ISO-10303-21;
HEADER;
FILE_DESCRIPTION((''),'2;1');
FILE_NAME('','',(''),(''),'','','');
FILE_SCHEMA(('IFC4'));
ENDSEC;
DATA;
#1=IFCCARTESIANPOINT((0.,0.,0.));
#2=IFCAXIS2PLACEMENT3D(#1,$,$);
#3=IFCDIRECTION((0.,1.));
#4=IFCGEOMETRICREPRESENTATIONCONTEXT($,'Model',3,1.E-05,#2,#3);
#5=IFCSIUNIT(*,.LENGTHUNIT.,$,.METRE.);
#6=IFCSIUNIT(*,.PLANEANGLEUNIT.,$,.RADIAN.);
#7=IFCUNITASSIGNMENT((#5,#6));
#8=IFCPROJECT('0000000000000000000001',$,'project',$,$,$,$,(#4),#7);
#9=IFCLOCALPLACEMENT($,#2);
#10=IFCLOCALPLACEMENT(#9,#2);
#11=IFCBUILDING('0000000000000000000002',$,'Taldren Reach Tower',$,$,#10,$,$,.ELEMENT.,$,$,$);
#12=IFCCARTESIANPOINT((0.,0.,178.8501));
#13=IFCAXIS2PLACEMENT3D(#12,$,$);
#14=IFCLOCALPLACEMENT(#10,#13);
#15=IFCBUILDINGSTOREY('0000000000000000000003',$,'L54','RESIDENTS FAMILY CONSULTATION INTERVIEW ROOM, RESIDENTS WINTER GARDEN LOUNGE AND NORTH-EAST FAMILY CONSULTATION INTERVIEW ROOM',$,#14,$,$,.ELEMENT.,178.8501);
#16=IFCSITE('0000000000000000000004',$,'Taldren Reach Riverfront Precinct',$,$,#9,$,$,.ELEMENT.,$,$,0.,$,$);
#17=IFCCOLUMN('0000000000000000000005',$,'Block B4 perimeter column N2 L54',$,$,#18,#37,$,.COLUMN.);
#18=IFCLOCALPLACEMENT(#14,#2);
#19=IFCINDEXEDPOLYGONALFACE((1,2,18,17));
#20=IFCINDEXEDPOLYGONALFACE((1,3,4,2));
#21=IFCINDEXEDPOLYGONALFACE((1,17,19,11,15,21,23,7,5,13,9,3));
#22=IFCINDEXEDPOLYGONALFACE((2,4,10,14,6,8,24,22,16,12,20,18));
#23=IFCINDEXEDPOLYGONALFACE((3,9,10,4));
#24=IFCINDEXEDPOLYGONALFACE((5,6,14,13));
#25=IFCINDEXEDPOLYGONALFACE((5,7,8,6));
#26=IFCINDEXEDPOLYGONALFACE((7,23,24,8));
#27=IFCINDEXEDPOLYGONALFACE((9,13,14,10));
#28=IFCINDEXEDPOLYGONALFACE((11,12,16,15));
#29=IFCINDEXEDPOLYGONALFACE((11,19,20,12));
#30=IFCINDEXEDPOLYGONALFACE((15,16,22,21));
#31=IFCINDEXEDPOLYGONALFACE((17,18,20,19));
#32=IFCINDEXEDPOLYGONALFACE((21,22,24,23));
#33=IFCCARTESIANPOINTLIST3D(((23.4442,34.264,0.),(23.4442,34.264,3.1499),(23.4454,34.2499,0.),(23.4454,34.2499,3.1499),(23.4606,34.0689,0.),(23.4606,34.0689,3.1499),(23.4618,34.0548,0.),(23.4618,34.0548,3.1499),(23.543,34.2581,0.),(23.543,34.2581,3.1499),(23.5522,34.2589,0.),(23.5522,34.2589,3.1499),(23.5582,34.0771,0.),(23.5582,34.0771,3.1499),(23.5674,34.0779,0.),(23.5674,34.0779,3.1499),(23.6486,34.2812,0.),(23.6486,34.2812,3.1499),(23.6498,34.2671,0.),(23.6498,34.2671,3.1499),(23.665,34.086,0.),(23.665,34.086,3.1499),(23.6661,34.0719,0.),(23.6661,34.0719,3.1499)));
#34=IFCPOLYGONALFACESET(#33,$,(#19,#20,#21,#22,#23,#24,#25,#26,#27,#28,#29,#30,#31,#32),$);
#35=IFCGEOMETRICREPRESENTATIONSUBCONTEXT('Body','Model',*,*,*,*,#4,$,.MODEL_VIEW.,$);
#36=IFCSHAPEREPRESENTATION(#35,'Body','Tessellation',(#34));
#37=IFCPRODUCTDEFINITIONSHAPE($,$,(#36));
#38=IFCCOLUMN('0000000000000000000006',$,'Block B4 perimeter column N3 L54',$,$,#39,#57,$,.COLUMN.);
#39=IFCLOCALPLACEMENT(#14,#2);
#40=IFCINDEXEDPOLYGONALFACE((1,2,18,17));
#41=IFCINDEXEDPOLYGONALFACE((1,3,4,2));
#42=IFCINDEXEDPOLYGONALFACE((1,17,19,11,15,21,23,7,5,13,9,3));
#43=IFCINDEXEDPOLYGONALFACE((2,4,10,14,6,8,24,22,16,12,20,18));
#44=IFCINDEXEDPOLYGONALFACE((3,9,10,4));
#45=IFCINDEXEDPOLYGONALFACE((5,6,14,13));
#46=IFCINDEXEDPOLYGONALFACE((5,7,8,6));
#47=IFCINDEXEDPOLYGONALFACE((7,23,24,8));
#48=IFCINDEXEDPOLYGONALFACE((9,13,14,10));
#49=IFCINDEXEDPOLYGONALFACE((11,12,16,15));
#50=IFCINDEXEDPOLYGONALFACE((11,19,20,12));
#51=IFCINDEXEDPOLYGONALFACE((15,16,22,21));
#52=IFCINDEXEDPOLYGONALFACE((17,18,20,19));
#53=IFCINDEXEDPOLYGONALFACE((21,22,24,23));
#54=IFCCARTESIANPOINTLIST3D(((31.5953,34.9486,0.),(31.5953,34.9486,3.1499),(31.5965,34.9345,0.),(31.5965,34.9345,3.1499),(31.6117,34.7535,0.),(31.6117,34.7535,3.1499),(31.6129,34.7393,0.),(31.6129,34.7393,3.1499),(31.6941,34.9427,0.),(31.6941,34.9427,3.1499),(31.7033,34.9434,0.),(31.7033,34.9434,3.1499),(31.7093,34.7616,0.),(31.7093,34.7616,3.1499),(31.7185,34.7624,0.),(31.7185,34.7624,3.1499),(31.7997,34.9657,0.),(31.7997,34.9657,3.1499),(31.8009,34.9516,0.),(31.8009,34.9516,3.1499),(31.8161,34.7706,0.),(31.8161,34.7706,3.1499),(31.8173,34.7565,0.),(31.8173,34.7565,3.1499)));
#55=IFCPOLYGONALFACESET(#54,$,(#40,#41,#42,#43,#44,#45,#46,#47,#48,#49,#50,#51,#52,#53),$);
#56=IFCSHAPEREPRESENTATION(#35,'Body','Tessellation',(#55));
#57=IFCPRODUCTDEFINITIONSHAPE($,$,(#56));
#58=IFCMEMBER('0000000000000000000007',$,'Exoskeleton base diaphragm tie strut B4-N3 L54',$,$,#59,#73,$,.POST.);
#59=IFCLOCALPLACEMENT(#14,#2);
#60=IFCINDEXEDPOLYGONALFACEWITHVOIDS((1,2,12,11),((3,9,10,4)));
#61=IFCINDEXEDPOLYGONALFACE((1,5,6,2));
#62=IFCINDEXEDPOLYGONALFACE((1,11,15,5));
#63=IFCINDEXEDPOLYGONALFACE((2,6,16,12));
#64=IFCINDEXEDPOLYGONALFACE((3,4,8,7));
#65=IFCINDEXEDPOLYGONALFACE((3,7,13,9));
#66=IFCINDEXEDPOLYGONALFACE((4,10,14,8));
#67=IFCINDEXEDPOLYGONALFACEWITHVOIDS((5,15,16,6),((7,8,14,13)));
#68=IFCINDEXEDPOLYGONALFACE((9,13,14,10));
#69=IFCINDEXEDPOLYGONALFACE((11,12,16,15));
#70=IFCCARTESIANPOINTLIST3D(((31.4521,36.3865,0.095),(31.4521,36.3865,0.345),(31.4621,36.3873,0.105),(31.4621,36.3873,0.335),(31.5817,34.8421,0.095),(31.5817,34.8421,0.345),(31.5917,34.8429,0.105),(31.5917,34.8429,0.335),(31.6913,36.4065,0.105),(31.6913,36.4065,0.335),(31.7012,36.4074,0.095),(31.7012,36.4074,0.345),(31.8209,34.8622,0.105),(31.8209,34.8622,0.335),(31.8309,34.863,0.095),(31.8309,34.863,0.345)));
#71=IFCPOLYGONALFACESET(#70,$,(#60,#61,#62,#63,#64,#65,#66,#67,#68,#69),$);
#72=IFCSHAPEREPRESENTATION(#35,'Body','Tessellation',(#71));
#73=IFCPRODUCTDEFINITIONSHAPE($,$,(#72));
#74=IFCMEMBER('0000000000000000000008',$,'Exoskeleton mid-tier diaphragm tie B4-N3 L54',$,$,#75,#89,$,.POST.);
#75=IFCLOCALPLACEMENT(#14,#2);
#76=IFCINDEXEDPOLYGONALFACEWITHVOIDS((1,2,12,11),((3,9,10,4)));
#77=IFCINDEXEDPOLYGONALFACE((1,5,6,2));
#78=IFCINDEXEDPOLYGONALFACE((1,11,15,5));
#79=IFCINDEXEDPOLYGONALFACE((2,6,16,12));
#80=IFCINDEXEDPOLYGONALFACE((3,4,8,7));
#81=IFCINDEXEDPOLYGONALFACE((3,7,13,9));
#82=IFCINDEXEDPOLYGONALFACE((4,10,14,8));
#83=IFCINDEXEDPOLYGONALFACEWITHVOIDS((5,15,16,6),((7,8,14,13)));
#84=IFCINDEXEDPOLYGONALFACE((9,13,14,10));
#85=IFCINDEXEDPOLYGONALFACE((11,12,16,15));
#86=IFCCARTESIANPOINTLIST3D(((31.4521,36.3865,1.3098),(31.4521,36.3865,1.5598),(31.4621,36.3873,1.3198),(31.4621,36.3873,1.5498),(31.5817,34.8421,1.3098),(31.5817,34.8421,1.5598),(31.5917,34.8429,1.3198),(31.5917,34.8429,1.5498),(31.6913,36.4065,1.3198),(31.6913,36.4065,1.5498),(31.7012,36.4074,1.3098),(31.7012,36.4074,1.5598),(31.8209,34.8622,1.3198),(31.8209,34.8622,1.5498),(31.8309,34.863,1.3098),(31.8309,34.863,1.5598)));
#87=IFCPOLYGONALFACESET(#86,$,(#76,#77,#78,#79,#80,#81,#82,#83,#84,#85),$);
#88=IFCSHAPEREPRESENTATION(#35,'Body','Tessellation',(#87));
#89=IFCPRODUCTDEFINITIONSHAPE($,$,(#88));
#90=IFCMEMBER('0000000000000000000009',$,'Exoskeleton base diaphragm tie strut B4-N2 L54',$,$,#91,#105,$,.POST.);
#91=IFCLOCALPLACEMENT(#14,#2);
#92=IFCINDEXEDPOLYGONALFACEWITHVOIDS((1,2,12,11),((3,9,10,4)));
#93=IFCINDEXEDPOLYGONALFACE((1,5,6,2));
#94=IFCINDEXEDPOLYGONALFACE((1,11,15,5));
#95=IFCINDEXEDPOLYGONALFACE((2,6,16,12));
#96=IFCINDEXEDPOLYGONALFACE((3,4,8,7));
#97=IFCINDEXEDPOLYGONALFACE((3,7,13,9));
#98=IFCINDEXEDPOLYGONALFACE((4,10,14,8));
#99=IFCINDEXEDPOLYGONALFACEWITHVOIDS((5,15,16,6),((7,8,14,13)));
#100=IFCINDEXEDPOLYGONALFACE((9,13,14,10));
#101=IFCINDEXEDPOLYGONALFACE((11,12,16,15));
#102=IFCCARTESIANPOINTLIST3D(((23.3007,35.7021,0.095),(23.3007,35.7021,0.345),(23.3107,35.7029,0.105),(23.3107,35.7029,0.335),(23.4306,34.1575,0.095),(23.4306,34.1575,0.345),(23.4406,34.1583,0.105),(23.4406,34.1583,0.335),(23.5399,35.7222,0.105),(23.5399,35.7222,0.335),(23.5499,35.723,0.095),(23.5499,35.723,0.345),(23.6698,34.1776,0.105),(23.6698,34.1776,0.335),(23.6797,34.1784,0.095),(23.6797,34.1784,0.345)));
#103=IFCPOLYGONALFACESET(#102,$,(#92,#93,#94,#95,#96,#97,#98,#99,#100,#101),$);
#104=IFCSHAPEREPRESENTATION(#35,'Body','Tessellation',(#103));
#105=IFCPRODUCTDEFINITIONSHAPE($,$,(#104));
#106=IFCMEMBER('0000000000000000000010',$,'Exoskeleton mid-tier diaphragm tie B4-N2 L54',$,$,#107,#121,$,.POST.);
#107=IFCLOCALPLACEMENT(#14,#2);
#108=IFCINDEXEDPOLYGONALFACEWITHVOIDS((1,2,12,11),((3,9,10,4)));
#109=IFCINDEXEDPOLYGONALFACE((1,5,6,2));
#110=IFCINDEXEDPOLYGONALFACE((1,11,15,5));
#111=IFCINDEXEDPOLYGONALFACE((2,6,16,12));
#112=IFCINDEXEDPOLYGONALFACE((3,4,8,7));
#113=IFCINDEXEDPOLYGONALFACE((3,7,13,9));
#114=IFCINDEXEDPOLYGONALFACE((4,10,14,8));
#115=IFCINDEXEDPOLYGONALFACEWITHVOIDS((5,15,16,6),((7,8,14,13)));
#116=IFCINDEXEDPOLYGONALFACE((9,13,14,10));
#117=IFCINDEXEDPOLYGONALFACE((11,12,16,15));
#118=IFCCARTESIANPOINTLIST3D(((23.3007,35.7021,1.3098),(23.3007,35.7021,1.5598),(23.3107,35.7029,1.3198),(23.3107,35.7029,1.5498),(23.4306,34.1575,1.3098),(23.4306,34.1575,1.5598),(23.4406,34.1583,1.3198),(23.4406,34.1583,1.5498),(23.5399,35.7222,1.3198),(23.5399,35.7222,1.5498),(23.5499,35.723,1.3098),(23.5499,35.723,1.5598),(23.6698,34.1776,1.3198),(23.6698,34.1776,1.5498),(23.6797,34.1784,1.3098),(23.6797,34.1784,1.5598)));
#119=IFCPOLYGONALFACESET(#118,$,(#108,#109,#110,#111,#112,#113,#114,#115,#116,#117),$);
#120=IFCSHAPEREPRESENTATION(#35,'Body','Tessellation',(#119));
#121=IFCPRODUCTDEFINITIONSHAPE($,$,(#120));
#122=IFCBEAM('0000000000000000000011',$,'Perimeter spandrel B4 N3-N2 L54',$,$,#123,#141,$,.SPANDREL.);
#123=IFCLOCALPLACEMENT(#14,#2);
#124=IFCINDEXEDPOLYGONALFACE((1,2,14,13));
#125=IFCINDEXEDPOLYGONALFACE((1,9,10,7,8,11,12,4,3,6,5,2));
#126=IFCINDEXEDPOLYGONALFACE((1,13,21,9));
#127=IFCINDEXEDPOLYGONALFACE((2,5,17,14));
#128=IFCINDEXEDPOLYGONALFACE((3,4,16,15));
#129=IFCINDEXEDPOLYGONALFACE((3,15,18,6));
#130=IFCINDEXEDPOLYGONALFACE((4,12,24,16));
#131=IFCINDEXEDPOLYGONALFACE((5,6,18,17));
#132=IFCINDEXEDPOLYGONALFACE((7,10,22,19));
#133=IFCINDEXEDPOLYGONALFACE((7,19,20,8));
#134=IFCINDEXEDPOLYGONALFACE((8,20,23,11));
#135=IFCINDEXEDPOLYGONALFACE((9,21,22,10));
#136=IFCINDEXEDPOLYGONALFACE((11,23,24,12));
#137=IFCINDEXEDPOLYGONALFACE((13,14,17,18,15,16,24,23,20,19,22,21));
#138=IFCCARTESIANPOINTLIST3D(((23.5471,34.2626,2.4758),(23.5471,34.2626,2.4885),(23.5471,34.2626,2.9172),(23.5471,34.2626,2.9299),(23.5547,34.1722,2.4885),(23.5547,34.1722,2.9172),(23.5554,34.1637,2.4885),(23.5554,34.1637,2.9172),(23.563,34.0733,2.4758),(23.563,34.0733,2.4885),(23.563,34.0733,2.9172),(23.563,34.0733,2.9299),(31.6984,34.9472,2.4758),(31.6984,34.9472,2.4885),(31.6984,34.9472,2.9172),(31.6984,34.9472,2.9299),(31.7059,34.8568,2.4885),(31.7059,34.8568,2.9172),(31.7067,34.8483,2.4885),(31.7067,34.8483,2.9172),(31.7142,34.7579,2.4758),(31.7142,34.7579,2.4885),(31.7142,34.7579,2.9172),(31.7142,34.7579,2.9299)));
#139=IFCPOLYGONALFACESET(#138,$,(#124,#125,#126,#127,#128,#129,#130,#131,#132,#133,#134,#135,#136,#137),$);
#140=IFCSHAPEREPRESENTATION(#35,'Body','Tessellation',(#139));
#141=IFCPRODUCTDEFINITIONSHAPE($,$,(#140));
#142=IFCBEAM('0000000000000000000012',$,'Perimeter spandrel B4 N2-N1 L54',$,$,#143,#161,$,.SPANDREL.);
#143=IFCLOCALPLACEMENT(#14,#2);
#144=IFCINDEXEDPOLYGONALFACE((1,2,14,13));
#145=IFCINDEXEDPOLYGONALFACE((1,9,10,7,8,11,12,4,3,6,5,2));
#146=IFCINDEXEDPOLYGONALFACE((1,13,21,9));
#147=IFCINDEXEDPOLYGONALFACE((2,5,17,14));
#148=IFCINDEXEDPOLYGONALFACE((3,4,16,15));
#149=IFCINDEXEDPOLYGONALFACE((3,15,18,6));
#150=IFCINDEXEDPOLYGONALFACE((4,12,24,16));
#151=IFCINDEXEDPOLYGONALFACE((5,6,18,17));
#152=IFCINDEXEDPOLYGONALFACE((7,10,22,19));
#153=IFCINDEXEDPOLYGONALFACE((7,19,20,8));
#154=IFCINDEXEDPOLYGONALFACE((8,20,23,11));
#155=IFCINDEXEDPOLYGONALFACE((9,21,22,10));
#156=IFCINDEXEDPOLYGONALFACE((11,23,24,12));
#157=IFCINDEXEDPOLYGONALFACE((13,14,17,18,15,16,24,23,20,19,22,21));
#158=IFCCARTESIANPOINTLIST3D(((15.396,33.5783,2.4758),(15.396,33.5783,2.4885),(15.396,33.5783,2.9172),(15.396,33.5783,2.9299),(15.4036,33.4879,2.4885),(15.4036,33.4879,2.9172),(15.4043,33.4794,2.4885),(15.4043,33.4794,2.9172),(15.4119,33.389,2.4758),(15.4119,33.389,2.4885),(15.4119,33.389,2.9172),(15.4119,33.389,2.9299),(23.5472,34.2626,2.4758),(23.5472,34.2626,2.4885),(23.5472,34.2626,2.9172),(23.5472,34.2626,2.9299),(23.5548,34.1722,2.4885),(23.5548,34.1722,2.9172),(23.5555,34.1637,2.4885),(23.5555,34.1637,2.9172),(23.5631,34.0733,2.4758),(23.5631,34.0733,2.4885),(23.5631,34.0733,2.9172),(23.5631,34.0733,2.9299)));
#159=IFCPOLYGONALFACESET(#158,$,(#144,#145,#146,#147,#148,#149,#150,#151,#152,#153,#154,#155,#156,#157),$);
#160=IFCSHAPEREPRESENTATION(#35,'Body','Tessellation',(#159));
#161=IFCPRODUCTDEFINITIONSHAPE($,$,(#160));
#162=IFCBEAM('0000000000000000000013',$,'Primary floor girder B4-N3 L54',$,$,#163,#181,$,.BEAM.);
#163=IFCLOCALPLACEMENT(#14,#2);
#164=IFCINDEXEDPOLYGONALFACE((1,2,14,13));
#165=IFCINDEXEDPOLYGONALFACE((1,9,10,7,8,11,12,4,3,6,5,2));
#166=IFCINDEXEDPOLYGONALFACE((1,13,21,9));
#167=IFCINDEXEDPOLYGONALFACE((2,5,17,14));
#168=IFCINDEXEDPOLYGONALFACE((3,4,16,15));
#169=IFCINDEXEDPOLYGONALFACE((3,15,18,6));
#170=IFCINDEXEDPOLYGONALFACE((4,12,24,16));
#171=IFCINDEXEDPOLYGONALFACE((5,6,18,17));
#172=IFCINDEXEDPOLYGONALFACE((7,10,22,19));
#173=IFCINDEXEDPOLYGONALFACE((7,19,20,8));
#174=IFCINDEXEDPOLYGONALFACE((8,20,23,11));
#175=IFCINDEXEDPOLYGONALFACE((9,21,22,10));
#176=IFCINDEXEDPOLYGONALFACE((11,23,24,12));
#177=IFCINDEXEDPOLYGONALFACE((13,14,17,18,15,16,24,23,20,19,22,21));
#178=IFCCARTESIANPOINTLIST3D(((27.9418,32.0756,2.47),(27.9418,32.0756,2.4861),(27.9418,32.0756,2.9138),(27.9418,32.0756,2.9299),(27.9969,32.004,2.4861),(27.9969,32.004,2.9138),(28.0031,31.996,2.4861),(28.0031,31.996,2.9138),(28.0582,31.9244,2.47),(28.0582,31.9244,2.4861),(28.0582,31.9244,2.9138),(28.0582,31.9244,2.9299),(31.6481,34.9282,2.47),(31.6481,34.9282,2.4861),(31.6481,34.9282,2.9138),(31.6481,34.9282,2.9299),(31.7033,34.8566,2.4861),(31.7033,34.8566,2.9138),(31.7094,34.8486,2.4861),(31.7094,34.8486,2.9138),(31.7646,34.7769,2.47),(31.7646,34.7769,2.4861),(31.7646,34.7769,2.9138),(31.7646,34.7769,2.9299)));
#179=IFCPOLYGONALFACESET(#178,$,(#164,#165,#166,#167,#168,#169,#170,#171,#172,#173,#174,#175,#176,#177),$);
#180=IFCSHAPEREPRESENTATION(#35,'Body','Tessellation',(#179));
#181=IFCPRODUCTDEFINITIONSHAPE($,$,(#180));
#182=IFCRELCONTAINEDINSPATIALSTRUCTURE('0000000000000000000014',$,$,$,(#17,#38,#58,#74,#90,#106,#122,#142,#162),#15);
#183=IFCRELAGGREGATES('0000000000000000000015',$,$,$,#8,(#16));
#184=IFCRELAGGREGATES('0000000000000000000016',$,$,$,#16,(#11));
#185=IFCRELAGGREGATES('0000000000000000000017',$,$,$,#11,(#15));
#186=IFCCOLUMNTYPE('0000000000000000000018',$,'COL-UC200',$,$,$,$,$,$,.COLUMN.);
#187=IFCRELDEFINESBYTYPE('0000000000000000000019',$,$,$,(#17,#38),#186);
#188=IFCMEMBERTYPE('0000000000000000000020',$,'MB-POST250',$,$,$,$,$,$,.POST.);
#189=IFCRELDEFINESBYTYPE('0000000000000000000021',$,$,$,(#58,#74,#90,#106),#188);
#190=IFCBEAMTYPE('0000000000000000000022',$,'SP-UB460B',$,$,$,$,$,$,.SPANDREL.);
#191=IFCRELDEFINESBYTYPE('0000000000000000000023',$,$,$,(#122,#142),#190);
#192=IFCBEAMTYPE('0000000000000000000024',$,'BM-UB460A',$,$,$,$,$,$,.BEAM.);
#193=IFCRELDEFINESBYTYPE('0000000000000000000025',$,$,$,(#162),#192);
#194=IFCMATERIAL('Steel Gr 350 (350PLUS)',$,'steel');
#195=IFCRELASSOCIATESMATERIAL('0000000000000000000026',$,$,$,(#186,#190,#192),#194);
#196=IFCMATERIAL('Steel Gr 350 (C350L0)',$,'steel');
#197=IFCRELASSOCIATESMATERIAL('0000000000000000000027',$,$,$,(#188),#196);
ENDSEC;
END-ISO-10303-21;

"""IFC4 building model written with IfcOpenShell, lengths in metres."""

from ifc_helpers import new_model, si_unit, direction, frame, origin, origin_2d, place, context, subcontext, project, spatial, hollow_rectangle, i_section, extrude, source, transform, mapped, material, material_profile, profile_set, type_object, element, save


model = new_model("IFC4")

# Units and contexts
model_context = context("Model", 3, precision=1e-05, world=origin(), true_north=direction((0.0, 1.0)))
body_context = subcontext(model_context, "Body", "Model", "MODEL_VIEW")
ifc_project = project(units=[si_unit("LENGTHUNIT", "METRE"), si_unit("PLANEANGLEUNIT", "RADIAN")], contexts=[model_context])

# Site, building, storey
site_placement = place(None, origin())
site = spatial("IfcSite", under=ifc_project, at=site_placement, Name="Taldren Reach Riverfront Precinct", CompositionType="ELEMENT", RefElevation=0.0)
building_placement = place(site_placement, origin())
building = spatial("IfcBuilding", under=site, at=building_placement, Name="Taldren Reach Tower", CompositionType="ELEMENT")
storey_placement = place(building_placement, frame((0.0, 0.0, 178.8501)))
storey = spatial("IfcBuildingStorey", under=building, at=storey_placement, Name="L54", Description="RESIDENTS FAMILY CONSULTATION INTERVIEW ROOM, RESIDENTS WINTER GARDEN LOUNGE AND NORTH-EAST FAMILY CONSULTATION INTERVIEW ROOM", CompositionType="ELEMENT", Elevation=178.8501)

# Columns
ifc_material_1 = material(Name="Steel Gr 350 (350PLUS)", Category="steel")
ifc_material_profile_1 = material_profile(ifc_material_1, i_section(OverallWidth=0.2051, OverallDepth=0.21, WebThickness=0.0093, FlangeThickness=0.0142, at=origin_2d()), Name="200UC59.5")
ifc_profile_set_1 = profile_set([ifc_material_profile_1], Name="Steel Gr 350 (350PLUS)")
column_type = type_object("IfcColumnType", Name="COL-UC200", PredefinedType="COLUMN", material=ifc_profile_set_1)
shared_shape_1 = source(origin(), body_context, "Body", "SweptSolid", [
    extrude(i_section(OverallWidth=0.2051, OverallDepth=0.21, WebThickness=0.0093, FlangeThickness=0.0142, at=origin_2d()), origin(), (0.0, 0.0, 1.0), 3.1499),
])
for number, where, z_axis, x_axis, name in (
    (1, (23.5552, 34.168, 0.0), (0.0, 0.0, 1.0), (0.996493, 0.083678, 0.0), "Block B4 perimeter column N2 L54"),
    (2, (31.7063, 34.8525, 0.0), (0.0, 0.0, 1.0), (0.996493, 0.083678, 0.0), "Block B4 perimeter column N3 L54"),
):
    element("IfcColumn", number, at=place(storey_placement, frame(where, z_axis=z_axis, x_axis=x_axis)), inside=storey, type_object=column_type, Name=name, PredefinedType="COLUMN", context=body_context, shape_type="MappedRepresentation", body=[
        mapped(shared_shape_1, transform((0.0, 0.0, 0.0), scale=1.0)),
    ])

# Members
ifc_material_2 = material(Name="Steel Gr 350 (C350L0)", Category="steel")
ifc_material_profile_2 = material_profile(ifc_material_2, hollow_rectangle(XDim=0.25, YDim=0.25, WallThickness=0.01, at=origin_2d()), Name="250x250x10.0SHS")
ifc_profile_set_2 = profile_set([ifc_material_profile_2], Name="Steel Gr 350 (C350L0)")
member_type_1 = type_object("IfcMemberType", Name="MB-POST250", PredefinedType="POST", material=ifc_profile_set_2)
shared_shape_2 = source(origin(), body_context, "Body", "SweptSolid", [
    extrude(hollow_rectangle(XDim=0.25, YDim=0.25, WallThickness=0.01, at=origin_2d()), origin(), (0.0, 0.0, 1.0), 1.5498),
])
for number, where, z_axis, x_axis, name in (
    (3, (31.7063, 34.8525, 0.22), (-0.083645, 0.996496, 0.0), (-0.996496, -0.083645, 0.0), "Exoskeleton base diaphragm tie strut B4-N3 L54"),
    (4, (31.7063, 34.8525, 1.4348), (-0.083645, 0.996496, 0.0), (-0.996496, -0.083645, 0.0), "Exoskeleton mid-tier diaphragm tie B4-N3 L54"),
):
    element("IfcMember", number, at=place(storey_placement, frame(where, z_axis=z_axis, x_axis=x_axis)), inside=storey, type_object=member_type_1, Name=name, PredefinedType="POST", context=body_context, shape_type="MappedRepresentation", body=[
        mapped(shared_shape_2, transform((0.0, 0.0, 0.0), scale=1.0)),
    ])
shared_shape_3 = source(origin(), body_context, "Body", "SweptSolid", [
    extrude(hollow_rectangle(XDim=0.25, YDim=0.25, WallThickness=0.01, at=origin_2d()), origin(), (0.0, 0.0, 1.0), 1.55),
])
for number, where, z_axis, x_axis, name in (
    (5, (23.5552, 34.168, 0.22), (-0.083788, 0.996484, 0.0), (-0.996484, -0.083788, 0.0), "Exoskeleton base diaphragm tie strut B4-N2 L54"),
    (6, (23.5552, 34.168, 1.4348), (-0.083788, 0.996484, 0.0), (-0.996484, -0.083788, 0.0), "Exoskeleton mid-tier diaphragm tie B4-N2 L54"),
):
    element("IfcMember", number, at=place(storey_placement, frame(where, z_axis=z_axis, x_axis=x_axis)), inside=storey, type_object=member_type_1, Name=name, PredefinedType="POST", context=body_context, shape_type="MappedRepresentation", body=[
        mapped(shared_shape_3, transform((0.0, 0.0, 0.0), scale=1.0)),
    ])

# Beams
ifc_material_profile_3 = material_profile(ifc_material_1, i_section(OverallWidth=0.1899, OverallDepth=0.4541, WebThickness=0.0085, FlangeThickness=0.0127, at=origin_2d()), Name="460UB67.1")
ifc_profile_set_3 = profile_set([ifc_material_profile_3], Name="Steel Gr 350 (350PLUS)")
beam_type_1 = type_object("IfcBeamType", Name="SP-UB460B", PredefinedType="SPANDREL", material=ifc_profile_set_3)
shared_shape_4 = source(origin(), body_context, "Body", "SweptSolid", [
    extrude(i_section(OverallWidth=0.1899, OverallDepth=0.4541, WebThickness=0.0085, FlangeThickness=0.0127, at=origin_2d()), origin(), (0.0, 0.0, 1.0), 8.1799),
])
for number, where, z_axis, x_axis, name in (
    (7, (31.7063, 34.8525, 2.7029), (-0.996492, -0.08369, 0.0), (0.08369, -0.996492, 0.0), "Perimeter spandrel B4 N3-N2 L54"),
    (8, (23.5552, 34.168, 2.7029), (-0.996495, -0.083658, 0.0), (0.083658, -0.996495, 0.0), "Perimeter spandrel B4 N2-N1 L54"),
):
    element("IfcBeam", number, at=place(storey_placement, frame(where, z_axis=z_axis, x_axis=x_axis)), inside=storey, type_object=beam_type_1, Name=name, PredefinedType="SPANDREL", context=body_context, shape_type="MappedRepresentation", body=[
        mapped(shared_shape_4, transform((0.0, 0.0, 0.0), scale=1.0)),
    ])
ifc_material_profile_4 = material_profile(ifc_material_1, i_section(OverallWidth=0.1909, OverallDepth=0.46, WebThickness=0.01, FlangeThickness=0.0161, at=origin_2d()), Name="460UB82.1")
ifc_profile_set_4 = profile_set([ifc_material_profile_4], Name="Steel Gr 350 (350PLUS)")
beam_type_2 = type_object("IfcBeamType", Name="BM-UB460A", PredefinedType="BEAM", material=ifc_profile_set_4)
shared_shape_5 = source(origin(), body_context, "Body", "SweptSolid", [
    extrude(i_section(OverallWidth=0.1909, OverallDepth=0.46, WebThickness=0.01, FlangeThickness=0.0161, at=origin_2d()), origin(), (0.0, 0.0, 1.0), 4.677),
])
beam_1_placement = place(storey_placement, frame((28.0, 32.0, 2.7), z_axis=(0.792465, 0.609918, 0.0), x_axis=(-0.609918, 0.792465, 0.0)))
element("IfcBeam", 9, at=beam_1_placement, inside=storey, type_object=beam_type_2, Name="Primary floor girder B4-N3 L54", PredefinedType="BEAM", context=body_context, shape_type="MappedRepresentation", body=[
    mapped(shared_shape_5, transform((0.0, 0.0, 0.0), scale=1.0)),
])

save(model, "model.ifc")
